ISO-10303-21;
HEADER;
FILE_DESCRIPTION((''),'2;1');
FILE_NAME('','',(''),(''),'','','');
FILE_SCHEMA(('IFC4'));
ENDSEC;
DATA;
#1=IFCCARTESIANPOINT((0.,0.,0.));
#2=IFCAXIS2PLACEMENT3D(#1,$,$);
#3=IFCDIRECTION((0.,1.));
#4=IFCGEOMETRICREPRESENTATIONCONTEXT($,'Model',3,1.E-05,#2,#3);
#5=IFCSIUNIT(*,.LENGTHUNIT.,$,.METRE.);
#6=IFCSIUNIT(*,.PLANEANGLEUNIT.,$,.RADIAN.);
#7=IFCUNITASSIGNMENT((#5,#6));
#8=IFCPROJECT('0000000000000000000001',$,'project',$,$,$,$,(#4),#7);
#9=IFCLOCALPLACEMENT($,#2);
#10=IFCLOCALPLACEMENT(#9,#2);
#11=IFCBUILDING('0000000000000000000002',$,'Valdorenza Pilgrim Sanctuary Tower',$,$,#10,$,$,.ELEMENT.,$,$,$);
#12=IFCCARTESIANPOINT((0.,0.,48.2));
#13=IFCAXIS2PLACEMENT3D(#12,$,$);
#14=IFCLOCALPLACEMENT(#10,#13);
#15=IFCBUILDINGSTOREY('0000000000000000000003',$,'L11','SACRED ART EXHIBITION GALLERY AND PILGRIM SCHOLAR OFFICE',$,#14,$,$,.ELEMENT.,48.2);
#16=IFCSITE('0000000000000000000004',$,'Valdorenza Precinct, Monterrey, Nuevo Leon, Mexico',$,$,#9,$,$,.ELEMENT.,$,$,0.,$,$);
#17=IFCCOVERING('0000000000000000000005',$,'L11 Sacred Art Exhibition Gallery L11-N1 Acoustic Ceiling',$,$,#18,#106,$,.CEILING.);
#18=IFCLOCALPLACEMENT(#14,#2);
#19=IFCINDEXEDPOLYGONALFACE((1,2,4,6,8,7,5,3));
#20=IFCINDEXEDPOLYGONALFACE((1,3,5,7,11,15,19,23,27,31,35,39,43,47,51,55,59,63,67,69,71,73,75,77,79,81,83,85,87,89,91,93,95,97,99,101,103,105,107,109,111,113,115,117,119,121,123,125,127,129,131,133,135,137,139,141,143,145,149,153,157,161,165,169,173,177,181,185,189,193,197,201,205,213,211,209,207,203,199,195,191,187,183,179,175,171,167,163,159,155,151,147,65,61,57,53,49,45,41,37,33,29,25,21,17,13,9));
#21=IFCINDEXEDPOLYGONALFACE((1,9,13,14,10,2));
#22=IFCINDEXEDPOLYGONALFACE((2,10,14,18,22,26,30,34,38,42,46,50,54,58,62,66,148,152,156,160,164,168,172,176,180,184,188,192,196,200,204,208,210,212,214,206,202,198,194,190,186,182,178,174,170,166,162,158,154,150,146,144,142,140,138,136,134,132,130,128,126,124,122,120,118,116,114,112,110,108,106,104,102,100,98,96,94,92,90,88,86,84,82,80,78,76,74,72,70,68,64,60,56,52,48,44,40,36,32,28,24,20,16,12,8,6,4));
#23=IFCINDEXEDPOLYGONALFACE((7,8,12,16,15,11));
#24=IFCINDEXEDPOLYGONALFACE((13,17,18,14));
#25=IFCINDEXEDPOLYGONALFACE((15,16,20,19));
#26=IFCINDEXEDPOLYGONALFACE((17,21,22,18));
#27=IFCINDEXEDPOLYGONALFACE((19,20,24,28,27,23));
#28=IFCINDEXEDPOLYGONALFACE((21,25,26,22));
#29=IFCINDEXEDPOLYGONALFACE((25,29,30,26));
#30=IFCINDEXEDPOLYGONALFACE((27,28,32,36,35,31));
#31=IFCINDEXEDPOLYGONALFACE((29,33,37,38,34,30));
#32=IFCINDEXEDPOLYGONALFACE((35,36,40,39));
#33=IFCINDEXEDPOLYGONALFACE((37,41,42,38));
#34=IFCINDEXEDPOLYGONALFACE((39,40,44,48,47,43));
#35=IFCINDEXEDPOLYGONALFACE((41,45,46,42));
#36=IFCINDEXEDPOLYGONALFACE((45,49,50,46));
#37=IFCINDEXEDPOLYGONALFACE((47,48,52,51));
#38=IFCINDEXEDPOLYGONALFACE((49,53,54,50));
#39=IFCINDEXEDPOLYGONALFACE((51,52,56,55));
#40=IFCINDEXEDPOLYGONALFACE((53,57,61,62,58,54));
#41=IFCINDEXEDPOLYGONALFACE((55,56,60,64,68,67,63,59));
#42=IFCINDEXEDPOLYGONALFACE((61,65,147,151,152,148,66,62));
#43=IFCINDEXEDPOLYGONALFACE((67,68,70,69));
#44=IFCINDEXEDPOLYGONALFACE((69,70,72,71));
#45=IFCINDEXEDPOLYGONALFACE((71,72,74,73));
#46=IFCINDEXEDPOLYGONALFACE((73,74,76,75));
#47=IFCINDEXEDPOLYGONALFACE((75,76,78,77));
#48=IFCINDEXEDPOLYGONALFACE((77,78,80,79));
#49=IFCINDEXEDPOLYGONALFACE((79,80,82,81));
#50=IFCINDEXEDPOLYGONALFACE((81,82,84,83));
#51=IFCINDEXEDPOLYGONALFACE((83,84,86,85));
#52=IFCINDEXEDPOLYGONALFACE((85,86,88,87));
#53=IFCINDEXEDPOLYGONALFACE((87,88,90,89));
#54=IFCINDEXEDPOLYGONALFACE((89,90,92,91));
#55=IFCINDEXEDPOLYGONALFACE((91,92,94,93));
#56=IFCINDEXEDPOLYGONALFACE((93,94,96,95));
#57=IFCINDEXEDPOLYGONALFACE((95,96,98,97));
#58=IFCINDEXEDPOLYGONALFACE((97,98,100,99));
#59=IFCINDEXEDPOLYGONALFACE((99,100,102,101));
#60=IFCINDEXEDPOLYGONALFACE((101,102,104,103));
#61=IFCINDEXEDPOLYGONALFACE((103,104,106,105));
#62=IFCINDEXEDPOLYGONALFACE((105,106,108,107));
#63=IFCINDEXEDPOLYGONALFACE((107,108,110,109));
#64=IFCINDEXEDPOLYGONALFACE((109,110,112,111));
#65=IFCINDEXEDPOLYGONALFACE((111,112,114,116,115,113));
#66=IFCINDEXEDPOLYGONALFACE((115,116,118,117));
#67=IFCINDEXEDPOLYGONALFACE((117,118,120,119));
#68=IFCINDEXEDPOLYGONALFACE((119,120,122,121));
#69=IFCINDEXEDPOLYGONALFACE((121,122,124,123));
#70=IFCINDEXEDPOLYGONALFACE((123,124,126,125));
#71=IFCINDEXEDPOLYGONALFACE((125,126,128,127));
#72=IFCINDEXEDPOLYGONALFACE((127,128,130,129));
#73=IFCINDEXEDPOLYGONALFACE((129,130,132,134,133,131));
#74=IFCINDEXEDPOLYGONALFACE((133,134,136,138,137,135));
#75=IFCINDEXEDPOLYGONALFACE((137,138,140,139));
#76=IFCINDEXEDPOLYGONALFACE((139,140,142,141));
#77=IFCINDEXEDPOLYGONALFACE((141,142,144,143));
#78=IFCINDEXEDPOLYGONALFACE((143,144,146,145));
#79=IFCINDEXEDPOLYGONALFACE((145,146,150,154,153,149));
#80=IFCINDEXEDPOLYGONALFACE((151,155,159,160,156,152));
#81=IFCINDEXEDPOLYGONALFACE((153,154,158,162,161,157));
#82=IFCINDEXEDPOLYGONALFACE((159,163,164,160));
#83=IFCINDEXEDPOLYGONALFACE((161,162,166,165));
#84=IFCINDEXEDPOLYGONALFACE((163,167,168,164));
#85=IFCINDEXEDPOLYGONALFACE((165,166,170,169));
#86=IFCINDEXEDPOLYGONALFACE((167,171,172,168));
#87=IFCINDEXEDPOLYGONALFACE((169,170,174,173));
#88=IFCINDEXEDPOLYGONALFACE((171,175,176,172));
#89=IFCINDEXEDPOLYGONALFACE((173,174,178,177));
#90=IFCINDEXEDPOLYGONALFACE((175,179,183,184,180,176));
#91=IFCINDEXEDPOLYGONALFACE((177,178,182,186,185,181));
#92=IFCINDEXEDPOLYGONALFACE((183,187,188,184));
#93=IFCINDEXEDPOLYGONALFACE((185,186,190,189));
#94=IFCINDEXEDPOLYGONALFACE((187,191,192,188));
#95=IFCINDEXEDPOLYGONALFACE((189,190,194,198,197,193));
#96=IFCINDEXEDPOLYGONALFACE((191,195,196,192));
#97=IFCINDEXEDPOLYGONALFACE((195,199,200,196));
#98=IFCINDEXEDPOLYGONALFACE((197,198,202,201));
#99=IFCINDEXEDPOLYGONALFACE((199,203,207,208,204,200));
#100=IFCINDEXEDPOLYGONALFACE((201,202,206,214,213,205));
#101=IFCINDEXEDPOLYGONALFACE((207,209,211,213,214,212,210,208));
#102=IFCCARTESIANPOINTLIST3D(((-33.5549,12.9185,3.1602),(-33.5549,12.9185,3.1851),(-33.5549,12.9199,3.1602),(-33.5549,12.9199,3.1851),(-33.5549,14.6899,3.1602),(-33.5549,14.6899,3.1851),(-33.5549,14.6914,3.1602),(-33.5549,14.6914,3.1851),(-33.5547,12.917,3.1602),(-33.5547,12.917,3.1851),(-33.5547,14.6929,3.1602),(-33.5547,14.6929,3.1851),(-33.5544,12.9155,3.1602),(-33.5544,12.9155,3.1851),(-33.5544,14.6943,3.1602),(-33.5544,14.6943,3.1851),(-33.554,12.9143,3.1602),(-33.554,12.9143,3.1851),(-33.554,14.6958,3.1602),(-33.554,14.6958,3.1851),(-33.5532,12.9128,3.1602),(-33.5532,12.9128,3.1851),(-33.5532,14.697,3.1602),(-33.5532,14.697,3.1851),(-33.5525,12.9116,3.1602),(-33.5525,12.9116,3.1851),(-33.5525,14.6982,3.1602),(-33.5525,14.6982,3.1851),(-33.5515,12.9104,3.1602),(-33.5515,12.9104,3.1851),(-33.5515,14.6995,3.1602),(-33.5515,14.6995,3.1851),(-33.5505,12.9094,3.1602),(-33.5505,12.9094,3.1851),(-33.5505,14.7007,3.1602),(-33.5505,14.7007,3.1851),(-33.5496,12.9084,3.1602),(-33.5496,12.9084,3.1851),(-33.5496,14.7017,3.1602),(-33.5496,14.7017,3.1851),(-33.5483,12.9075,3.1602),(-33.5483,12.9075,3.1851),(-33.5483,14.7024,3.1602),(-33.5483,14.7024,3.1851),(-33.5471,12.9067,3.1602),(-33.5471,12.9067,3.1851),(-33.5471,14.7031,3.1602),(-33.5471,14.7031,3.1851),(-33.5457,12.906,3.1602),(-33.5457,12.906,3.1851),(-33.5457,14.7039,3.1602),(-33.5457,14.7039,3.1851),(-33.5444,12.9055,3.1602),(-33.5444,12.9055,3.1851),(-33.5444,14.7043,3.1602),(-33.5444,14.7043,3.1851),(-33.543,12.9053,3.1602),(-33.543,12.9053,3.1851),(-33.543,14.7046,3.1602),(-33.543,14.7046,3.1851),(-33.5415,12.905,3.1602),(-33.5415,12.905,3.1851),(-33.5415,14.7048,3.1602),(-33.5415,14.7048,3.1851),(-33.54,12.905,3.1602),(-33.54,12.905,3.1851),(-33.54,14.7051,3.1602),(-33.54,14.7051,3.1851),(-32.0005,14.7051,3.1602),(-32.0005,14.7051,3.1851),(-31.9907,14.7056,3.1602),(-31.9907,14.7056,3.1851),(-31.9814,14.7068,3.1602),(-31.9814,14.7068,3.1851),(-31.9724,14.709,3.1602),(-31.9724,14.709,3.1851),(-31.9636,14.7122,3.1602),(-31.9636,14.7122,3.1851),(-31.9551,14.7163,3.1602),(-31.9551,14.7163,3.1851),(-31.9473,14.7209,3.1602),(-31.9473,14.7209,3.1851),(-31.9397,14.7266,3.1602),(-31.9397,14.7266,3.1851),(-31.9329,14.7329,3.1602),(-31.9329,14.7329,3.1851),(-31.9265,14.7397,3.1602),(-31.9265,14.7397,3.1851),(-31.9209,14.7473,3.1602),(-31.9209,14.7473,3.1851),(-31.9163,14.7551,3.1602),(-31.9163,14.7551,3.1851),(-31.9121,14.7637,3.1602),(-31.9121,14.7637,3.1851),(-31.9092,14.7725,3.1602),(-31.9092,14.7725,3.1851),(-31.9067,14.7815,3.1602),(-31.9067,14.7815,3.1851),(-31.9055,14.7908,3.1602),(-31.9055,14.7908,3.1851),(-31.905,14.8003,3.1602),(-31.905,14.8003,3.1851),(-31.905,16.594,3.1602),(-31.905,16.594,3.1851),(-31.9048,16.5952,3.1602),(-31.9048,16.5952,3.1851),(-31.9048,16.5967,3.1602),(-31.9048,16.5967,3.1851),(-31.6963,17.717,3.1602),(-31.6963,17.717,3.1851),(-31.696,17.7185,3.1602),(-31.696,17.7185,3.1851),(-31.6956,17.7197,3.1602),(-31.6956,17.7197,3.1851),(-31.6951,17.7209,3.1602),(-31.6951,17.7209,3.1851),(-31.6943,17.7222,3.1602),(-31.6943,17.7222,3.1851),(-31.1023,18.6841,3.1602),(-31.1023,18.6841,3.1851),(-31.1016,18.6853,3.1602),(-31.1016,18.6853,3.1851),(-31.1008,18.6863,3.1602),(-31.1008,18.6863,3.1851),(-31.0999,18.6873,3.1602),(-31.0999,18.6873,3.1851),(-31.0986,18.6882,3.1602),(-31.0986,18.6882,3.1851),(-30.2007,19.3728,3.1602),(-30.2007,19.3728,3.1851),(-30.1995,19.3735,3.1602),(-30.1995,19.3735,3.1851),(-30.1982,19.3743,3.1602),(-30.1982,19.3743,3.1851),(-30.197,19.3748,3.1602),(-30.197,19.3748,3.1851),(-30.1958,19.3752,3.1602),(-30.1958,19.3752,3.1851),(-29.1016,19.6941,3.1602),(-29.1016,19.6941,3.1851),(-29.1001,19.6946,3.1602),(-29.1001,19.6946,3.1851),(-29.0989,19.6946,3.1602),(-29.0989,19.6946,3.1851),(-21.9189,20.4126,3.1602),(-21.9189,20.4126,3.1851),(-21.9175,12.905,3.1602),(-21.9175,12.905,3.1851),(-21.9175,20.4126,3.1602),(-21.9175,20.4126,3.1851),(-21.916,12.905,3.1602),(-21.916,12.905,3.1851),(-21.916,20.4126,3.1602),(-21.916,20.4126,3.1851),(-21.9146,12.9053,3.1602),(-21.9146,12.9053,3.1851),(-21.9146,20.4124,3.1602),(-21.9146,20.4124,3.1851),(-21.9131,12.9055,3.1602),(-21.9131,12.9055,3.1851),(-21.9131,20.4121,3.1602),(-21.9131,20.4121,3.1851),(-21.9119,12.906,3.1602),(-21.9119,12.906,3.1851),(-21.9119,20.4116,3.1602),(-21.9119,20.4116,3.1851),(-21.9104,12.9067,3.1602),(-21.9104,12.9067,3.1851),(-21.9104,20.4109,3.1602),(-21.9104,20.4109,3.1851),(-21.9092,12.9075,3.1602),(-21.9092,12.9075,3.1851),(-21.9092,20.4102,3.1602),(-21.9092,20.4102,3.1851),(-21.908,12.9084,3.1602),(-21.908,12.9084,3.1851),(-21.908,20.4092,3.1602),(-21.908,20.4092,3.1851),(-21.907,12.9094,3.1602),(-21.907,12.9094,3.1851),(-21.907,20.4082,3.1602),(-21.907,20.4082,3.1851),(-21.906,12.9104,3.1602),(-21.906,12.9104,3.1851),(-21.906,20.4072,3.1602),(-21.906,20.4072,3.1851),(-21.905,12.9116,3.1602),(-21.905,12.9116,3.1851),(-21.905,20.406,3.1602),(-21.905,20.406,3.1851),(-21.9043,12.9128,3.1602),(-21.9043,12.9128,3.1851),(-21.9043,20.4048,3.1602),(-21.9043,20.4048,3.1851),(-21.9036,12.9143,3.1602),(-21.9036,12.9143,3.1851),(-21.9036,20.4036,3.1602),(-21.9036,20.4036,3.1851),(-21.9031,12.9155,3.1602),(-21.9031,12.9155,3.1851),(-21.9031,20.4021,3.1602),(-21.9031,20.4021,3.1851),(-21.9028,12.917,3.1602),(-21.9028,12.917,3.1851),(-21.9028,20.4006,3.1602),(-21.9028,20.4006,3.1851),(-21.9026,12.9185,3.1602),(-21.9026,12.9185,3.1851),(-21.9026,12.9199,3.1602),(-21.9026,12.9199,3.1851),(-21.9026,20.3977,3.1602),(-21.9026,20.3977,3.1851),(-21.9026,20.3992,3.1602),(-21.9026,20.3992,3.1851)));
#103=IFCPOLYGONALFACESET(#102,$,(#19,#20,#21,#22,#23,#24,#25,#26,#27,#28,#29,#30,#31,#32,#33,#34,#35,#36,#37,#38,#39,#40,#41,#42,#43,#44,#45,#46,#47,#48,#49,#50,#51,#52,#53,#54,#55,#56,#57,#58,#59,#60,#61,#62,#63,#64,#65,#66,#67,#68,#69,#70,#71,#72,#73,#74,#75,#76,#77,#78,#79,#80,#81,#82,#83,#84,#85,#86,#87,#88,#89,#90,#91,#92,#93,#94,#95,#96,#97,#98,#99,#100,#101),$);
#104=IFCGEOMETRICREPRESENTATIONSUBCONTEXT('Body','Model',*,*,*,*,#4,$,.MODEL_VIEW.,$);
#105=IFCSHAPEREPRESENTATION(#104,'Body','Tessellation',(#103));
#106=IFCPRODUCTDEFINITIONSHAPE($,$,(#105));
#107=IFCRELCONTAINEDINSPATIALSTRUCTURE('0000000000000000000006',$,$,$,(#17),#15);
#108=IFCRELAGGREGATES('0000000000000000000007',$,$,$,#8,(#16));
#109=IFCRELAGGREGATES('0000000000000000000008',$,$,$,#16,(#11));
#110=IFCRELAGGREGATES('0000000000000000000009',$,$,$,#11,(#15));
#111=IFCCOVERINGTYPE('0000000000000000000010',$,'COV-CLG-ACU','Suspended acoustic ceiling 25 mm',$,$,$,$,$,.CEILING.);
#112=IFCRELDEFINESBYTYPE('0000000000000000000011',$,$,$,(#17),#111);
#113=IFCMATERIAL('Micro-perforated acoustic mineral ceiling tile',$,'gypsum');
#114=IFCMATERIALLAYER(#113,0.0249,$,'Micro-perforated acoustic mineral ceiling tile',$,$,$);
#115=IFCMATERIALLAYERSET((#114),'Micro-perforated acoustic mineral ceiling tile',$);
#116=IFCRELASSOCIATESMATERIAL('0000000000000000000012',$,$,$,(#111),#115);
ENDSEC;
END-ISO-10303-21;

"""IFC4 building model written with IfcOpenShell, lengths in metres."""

from ifc_helpers import new_model, si_unit, direction, frame, origin, place, context, subcontext, project, spatial, polyline, outline, extrude, material, layer, layer_set, type_object, element, save


model = new_model("IFC4")

# Units and contexts
model_context = context("Model", 3, precision=1e-05, world=origin(), true_north=direction((0.0, 1.0)))
body_context = subcontext(model_context, "Body", "Model", "MODEL_VIEW")
ifc_project = project(units=[si_unit("LENGTHUNIT", "METRE"), si_unit("PLANEANGLEUNIT", "RADIAN")], contexts=[model_context])

# Site, building, storey
site_placement = place(None, origin())
site = spatial("IfcSite", under=ifc_project, at=site_placement, Name="Valdorenza Precinct, Monterrey, Nuevo Leon, Mexico", CompositionType="ELEMENT", RefElevation=0.0)
building_placement = place(site_placement, origin())
building = spatial("IfcBuilding", under=site, at=building_placement, Name="Valdorenza Pilgrim Sanctuary Tower", CompositionType="ELEMENT")
storey_placement = place(building_placement, frame((0.0, 0.0, 48.2)))
storey = spatial("IfcBuildingStorey", under=building, at=storey_placement, Name="L11", Description="SACRED ART EXHIBITION GALLERY AND PILGRIM SCHOLAR OFFICE", CompositionType="ELEMENT", Elevation=48.2)

# Covering
ifc_material_1 = material(Name="Micro-perforated acoustic mineral ceiling tile", Category="gypsum")
ifc_layer_1 = layer(ifc_material_1, 0.0249, Name="Micro-perforated acoustic mineral ceiling tile")
ifc_layer_set_1 = layer_set([ifc_layer_1], Name="Micro-perforated acoustic mineral ceiling tile")
covering_type_1 = type_object("IfcCoveringType", Name="COV-CLG-ACU", Description="Suspended acoustic ceiling 25 mm", PredefinedType="CEILING", material=ifc_layer_set_1)
covering_1_placement = place(storey_placement, frame((0.0, 0.0, 3.1602)))
element("IfcCovering", 1, at=covering_1_placement, inside=storey, type_object=covering_type_1, Name="L11 Sacred Art Exhibition Gallery L11-N1 Acoustic Ceiling", PredefinedType="CEILING", context=body_context, shape_type="SweptSolid", body=[
    extrude(outline(polyline([(-33.54, 12.905), (-33.5415, 12.905), (-33.543, 12.9053), (-33.5444, 12.9055), (-33.5457, 12.906), (-33.5471, 12.9067), (-33.5483, 12.9075), (-33.5496, 12.9084), (-33.5505, 12.9094), (-33.5515, 12.9104), (-33.5525, 12.9116), (-33.5532, 12.9128), (-33.554, 12.9143), (-33.5544, 12.9155), (-33.5547, 12.917), (-33.5549, 12.9185), (-33.5549, 12.9199), (-33.5549, 14.6899), (-33.5549, 14.6914), (-33.5547, 14.6929), (-33.5544, 14.6943), (-33.554, 14.6958), (-33.5532, 14.697), (-33.5525, 14.6982), (-33.5515, 14.6995), (-33.5505, 14.7007), (-33.5496, 14.7017), (-33.5483, 14.7024), (-33.5471, 14.7031), (-33.5457, 14.7039), (-33.5444, 14.7043), (-33.543, 14.7046), (-33.5415, 14.7048), (-33.54, 14.7051), (-32.0005, 14.7051), (-31.9907, 14.7056), (-31.9814, 14.7068), (-31.9724, 14.709), (-31.9636, 14.7122), (-31.9551, 14.7163), (-31.9473, 14.7209), (-31.9397, 14.7266), (-31.9329, 14.7329), (-31.9265, 14.7397), (-31.9209, 14.7473), (-31.9163, 14.7551), (-31.9121, 14.7637), (-31.9092, 14.7725), (-31.9067, 14.7815), (-31.9055, 14.7908), (-31.905, 14.8003), (-31.905, 16.594), (-31.9048, 16.5952), (-31.9048, 16.5967), (-31.6963, 17.717), (-31.696, 17.7185), (-31.6956, 17.7197), (-31.6951, 17.7209), (-31.6943, 17.7222), (-31.1023, 18.6841), (-31.1016, 18.6853), (-31.1008, 18.6863), (-31.0999, 18.6873), (-31.0986, 18.6882), (-30.2007, 19.3728), (-30.1995, 19.3735), (-30.1982, 19.3743), (-30.197, 19.3748), (-30.1958, 19.3752), (-29.1016, 19.6941), (-29.1001, 19.6946), (-29.0989, 19.6946), (-21.9189, 20.4126), (-21.9175, 20.4126), (-21.916, 20.4126), (-21.9146, 20.4124), (-21.9131, 20.4121), (-21.9119, 20.4116), (-21.9104, 20.4109), (-21.9092, 20.4102), (-21.908, 20.4092), (-21.907, 20.4082), (-21.906, 20.4072), (-21.905, 20.406), (-21.9043, 20.4048), (-21.9036, 20.4036), (-21.9031, 20.4021), (-21.9028, 20.4006), (-21.9026, 20.3992), (-21.9026, 20.3977), (-21.9026, 12.9199), (-21.9026, 12.9185), (-21.9028, 12.917), (-21.9031, 12.9155), (-21.9036, 12.9143), (-21.9043, 12.9128), (-21.905, 12.9116), (-21.906, 12.9104), (-21.907, 12.9094), (-21.908, 12.9084), (-21.9092, 12.9075), (-21.9104, 12.9067), (-21.9119, 12.906), (-21.9131, 12.9055), (-21.9146, 12.9053), (-21.916, 12.905), (-21.9175, 12.905), (-33.54, 12.905)])), origin(), (0.0, 0.0, 1.0), 0.0249),
])

save(model, "model.ifc")
